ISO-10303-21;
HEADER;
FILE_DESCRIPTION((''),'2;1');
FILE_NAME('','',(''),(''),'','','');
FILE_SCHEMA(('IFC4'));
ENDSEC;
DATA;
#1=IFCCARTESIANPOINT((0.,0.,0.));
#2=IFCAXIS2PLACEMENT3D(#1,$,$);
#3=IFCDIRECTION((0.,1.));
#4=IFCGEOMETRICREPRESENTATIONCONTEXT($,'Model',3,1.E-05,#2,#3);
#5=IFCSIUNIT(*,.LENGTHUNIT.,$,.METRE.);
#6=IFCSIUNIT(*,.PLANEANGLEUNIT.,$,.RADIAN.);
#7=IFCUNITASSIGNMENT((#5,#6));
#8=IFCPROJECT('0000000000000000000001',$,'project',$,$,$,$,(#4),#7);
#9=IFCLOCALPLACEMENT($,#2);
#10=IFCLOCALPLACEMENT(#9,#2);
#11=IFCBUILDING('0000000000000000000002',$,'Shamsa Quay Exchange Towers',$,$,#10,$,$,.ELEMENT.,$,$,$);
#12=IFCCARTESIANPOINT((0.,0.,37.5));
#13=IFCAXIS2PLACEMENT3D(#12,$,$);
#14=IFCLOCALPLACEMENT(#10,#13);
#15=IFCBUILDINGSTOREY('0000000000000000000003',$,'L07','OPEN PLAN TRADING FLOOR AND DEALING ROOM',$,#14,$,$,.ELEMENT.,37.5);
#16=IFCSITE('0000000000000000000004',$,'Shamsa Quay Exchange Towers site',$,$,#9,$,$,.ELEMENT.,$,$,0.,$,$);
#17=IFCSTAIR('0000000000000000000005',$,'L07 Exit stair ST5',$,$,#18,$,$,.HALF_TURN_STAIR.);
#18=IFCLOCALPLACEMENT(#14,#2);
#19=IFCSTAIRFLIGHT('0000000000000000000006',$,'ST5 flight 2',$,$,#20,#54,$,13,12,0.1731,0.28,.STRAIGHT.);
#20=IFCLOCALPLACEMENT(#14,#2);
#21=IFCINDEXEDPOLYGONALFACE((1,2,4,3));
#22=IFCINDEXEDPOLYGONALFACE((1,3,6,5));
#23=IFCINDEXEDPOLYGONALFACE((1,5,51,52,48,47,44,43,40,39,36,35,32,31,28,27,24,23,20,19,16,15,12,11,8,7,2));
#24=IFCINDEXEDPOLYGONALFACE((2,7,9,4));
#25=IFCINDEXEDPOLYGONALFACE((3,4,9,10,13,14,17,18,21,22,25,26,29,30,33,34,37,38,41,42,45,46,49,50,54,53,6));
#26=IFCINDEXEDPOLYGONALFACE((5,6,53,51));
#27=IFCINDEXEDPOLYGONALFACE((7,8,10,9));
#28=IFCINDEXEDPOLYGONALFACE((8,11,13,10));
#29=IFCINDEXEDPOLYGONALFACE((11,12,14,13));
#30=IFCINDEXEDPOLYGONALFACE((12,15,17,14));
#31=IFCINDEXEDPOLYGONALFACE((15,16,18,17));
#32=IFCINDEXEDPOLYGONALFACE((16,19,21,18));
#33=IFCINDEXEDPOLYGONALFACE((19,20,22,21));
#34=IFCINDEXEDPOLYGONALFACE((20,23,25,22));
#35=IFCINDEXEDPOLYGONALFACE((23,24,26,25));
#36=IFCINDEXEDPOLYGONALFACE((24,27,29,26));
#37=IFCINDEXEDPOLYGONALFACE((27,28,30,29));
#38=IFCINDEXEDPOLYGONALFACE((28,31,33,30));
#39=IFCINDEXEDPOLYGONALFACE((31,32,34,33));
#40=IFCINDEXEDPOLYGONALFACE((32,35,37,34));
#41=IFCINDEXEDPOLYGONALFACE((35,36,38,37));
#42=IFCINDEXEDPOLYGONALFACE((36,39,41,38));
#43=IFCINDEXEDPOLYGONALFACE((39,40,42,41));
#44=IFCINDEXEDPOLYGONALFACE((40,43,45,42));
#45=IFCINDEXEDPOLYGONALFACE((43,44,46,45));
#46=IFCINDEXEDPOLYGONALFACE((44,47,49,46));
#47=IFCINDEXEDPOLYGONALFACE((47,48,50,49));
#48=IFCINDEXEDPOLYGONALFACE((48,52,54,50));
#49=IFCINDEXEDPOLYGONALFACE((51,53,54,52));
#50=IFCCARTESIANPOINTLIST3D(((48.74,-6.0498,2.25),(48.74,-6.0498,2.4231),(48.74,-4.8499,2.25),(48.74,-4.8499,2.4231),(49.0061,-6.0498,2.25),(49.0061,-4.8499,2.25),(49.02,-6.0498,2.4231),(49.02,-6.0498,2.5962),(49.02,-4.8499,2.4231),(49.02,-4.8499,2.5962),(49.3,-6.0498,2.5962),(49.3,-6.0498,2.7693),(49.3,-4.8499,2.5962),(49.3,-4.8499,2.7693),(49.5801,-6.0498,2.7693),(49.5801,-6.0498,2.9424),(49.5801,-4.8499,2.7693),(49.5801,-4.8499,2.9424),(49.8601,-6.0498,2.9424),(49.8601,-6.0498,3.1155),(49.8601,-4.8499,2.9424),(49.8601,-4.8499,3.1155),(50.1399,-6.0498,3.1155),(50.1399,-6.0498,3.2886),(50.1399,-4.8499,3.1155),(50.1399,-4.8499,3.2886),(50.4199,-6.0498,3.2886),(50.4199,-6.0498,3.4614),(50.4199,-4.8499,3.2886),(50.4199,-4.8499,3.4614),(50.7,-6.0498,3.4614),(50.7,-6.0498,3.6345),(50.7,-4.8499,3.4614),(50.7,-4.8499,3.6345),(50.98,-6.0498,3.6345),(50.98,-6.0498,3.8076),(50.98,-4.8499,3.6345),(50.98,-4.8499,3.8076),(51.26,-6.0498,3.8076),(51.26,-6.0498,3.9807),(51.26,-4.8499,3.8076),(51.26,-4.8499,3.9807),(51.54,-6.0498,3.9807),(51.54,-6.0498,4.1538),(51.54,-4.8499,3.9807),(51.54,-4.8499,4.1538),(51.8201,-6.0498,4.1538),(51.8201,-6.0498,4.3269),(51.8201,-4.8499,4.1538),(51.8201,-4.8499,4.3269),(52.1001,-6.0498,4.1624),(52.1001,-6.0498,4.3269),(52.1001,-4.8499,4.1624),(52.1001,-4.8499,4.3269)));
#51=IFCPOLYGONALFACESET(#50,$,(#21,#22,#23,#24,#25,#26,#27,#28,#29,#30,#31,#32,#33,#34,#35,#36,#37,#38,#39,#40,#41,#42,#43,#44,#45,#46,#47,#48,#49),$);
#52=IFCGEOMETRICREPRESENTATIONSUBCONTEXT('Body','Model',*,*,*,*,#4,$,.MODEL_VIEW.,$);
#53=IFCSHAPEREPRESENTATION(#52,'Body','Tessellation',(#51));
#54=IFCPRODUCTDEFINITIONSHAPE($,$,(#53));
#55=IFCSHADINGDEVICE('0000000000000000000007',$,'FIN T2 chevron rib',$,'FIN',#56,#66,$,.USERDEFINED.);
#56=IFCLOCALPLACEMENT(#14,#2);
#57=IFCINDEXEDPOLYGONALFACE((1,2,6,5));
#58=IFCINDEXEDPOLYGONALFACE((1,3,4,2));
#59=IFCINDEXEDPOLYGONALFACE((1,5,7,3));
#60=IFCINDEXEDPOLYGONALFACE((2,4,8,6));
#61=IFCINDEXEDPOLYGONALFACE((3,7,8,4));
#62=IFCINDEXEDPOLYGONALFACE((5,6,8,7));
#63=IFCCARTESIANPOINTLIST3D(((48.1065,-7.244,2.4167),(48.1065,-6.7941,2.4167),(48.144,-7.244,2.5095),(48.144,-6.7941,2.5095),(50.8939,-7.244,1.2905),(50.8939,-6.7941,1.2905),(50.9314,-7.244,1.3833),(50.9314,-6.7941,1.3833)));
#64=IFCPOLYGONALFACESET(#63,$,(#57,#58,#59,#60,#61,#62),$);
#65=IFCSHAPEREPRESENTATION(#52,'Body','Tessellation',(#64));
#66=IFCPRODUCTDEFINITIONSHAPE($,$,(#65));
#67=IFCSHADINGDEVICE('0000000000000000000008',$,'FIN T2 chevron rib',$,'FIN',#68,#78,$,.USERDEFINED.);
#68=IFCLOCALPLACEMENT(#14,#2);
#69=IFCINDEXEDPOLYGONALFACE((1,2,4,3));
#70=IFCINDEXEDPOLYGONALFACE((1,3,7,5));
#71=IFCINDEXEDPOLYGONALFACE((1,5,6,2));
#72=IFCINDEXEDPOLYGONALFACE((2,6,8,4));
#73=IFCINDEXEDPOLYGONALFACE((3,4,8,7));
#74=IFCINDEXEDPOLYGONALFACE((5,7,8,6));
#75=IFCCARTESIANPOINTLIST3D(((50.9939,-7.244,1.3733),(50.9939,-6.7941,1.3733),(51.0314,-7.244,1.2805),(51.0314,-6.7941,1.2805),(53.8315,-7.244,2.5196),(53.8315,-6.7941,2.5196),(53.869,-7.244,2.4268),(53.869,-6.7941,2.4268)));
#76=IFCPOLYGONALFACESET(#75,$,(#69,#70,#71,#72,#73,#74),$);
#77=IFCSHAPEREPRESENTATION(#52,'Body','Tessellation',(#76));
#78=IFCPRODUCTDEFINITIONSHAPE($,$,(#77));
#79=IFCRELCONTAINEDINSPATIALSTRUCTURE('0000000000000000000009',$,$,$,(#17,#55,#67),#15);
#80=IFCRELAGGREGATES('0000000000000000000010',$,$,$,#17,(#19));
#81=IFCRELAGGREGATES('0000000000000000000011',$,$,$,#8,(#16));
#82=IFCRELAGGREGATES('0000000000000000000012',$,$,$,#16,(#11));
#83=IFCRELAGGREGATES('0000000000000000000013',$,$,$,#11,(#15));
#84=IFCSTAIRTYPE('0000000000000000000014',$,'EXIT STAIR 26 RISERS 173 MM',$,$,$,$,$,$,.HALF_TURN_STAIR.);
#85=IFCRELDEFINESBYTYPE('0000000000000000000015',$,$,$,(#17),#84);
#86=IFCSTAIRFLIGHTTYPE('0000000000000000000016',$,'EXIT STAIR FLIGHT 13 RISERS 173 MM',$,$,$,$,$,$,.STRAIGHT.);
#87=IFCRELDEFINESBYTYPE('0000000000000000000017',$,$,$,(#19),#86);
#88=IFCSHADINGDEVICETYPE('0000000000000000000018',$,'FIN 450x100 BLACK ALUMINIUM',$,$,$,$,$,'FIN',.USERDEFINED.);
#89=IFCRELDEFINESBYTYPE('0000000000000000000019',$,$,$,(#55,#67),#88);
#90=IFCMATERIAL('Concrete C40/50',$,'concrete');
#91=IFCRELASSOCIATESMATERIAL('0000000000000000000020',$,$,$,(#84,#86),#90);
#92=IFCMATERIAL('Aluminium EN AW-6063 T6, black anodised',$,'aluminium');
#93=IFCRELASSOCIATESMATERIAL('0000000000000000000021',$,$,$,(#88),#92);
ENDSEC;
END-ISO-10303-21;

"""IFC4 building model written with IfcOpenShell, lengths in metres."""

from ifc_helpers import new_model, si_unit, direction, frame, origin, origin_2d, place, context, subcontext, project, spatial, polyline, rectangle, outline, extrude, material, material_profile, profile_set, type_object, element, aggregate, save


model = new_model("IFC4")

# Units and contexts
model_context = context("Model", 3, precision=1e-05, world=origin(), true_north=direction((0.0, 1.0)))
body_context = subcontext(model_context, "Body", "Model", "MODEL_VIEW")
ifc_project = project(units=[si_unit("LENGTHUNIT", "METRE"), si_unit("PLANEANGLEUNIT", "RADIAN")], contexts=[model_context])

# Site, building, storey
site_placement = place(None, origin())
site = spatial("IfcSite", under=ifc_project, at=site_placement, Name="Shamsa Quay Exchange Towers site", CompositionType="ELEMENT", RefElevation=0.0)
building_placement = place(site_placement, origin())
building = spatial("IfcBuilding", under=site, at=building_placement, Name="Shamsa Quay Exchange Towers", CompositionType="ELEMENT")
storey_placement = place(building_placement, frame((0.0, 0.0, 37.5)))
storey = spatial("IfcBuildingStorey", under=building, at=storey_placement, Name="L07", Description="OPEN PLAN TRADING FLOOR AND DEALING ROOM", CompositionType="ELEMENT", Elevation=37.5)

# Shared definitions
ifc_material_1 = material(Name="Aluminium EN AW-6063 T6, black anodised", Category="aluminium")

# Stair, stair flight
ifc_material_2 = material(Name="Concrete C40/50", Category="concrete")
stair_type = type_object("IfcStairType", Name="EXIT STAIR 26 RISERS 173 MM", PredefinedType="HALF_TURN_STAIR", material=ifc_material_2)
stair_placement = place(storey_placement, origin())
stair = element("IfcStair", 1, at=stair_placement, inside=storey, type_object=stair_type, Name="L07 Exit stair ST5", PredefinedType="HALF_TURN_STAIR")
stair_flight_type = type_object("IfcStairFlightType", Name="EXIT STAIR FLIGHT 13 RISERS 173 MM", PredefinedType="STRAIGHT", material=ifc_material_2)
stair_flight_1_placement = place(storey_placement, frame((48.74, -5.45, 2.25)))
stair_flight_1 = element("IfcStairFlight", 2, at=stair_flight_1_placement, type_object=stair_flight_type, Name="ST5 flight 2", NumberOfRisers=13, NumberOfTreads=12, PredefinedType="STRAIGHT", RiserHeight=0.1731, TreadLength=0.28, context=body_context, shape_type="SweptSolid", body=[
    extrude(outline(polyline([(0.0, 0.0), (0.0, 0.1731), (0.28, 0.1731), (0.28, 0.3462), (0.5601, 0.3462), (0.5601, 0.5193), (0.8401, 0.5193), (0.8401, 0.6924), (1.1201, 0.6924), (1.1201, 0.8655), (1.3999, 0.8655), (1.3999, 1.0386), (1.6799, 1.0386), (1.6799, 1.2114), (1.96, 1.2114), (1.96, 1.3845), (2.24, 1.3845), (2.24, 1.5576), (2.52, 1.5576), (2.52, 1.7307), (2.8, 1.7307), (2.8, 1.9038), (3.0801, 1.9038), (3.0801, 2.0769), (3.3601, 2.0769), (3.3601, 2.25), (3.3601, 1.9124), (0.2661, 0.0), (0.0, 0.0)])), frame((0.0, 0.6001, 0.0), z_axis=(0.0, -1.0, 0.0), x_axis=(1.0, 0.0, 0.0)), (0.0, 0.0, 1.0), 1.2),
])
aggregate(stair, [stair_flight_1])

# Shading devices
ifc_material_profile = material_profile(ifc_material_1, rectangle(XDim=0.45, YDim=0.1001, at=origin_2d()), Name="FIN450x100")
ifc_profile_set = profile_set([ifc_material_profile], Name="Aluminium EN AW-6063 T6, black anodised")
shading_device_type = type_object("IfcShadingDeviceType", Name="FIN 450x100 BLACK ALUMINIUM", ElementType="FIN", PredefinedType="USERDEFINED", material=ifc_profile_set)
shading_device_1_placement = place(storey_placement, frame((48.1252, -7.019, 2.4631), z_axis=(0.927177, 0.0, -0.374623), x_axis=(0.0, 1.0, 0.0)))
element("IfcShadingDevice", 3, at=shading_device_1_placement, inside=storey, type_object=shading_device_type, Name="FIN T2 chevron rib", ObjectType="FIN", PredefinedType="USERDEFINED", context=body_context, shape_type="SweptSolid", body=[
    extrude(rectangle(XDim=0.45, YDim=0.1001, at=origin_2d()), origin(), (0.0, 0.0, 1.0), 3.0063),
])
shading_device_2_placement = place(storey_placement, frame((51.0127, -7.019, 1.3269), z_axis=(0.9272, 0.0, 0.374566), x_axis=(0.0, 1.0, 0.0)))
element("IfcShadingDevice", 4, at=shading_device_2_placement, inside=storey, type_object=shading_device_type, Name="FIN T2 chevron rib", ObjectType="FIN", PredefinedType="USERDEFINED", context=body_context, shape_type="SweptSolid", body=[
    extrude(rectangle(XDim=0.45, YDim=0.1001, at=origin_2d()), origin(), (0.0, 0.0, 1.0), 3.0603),
])

save(model, "model.ifc")
